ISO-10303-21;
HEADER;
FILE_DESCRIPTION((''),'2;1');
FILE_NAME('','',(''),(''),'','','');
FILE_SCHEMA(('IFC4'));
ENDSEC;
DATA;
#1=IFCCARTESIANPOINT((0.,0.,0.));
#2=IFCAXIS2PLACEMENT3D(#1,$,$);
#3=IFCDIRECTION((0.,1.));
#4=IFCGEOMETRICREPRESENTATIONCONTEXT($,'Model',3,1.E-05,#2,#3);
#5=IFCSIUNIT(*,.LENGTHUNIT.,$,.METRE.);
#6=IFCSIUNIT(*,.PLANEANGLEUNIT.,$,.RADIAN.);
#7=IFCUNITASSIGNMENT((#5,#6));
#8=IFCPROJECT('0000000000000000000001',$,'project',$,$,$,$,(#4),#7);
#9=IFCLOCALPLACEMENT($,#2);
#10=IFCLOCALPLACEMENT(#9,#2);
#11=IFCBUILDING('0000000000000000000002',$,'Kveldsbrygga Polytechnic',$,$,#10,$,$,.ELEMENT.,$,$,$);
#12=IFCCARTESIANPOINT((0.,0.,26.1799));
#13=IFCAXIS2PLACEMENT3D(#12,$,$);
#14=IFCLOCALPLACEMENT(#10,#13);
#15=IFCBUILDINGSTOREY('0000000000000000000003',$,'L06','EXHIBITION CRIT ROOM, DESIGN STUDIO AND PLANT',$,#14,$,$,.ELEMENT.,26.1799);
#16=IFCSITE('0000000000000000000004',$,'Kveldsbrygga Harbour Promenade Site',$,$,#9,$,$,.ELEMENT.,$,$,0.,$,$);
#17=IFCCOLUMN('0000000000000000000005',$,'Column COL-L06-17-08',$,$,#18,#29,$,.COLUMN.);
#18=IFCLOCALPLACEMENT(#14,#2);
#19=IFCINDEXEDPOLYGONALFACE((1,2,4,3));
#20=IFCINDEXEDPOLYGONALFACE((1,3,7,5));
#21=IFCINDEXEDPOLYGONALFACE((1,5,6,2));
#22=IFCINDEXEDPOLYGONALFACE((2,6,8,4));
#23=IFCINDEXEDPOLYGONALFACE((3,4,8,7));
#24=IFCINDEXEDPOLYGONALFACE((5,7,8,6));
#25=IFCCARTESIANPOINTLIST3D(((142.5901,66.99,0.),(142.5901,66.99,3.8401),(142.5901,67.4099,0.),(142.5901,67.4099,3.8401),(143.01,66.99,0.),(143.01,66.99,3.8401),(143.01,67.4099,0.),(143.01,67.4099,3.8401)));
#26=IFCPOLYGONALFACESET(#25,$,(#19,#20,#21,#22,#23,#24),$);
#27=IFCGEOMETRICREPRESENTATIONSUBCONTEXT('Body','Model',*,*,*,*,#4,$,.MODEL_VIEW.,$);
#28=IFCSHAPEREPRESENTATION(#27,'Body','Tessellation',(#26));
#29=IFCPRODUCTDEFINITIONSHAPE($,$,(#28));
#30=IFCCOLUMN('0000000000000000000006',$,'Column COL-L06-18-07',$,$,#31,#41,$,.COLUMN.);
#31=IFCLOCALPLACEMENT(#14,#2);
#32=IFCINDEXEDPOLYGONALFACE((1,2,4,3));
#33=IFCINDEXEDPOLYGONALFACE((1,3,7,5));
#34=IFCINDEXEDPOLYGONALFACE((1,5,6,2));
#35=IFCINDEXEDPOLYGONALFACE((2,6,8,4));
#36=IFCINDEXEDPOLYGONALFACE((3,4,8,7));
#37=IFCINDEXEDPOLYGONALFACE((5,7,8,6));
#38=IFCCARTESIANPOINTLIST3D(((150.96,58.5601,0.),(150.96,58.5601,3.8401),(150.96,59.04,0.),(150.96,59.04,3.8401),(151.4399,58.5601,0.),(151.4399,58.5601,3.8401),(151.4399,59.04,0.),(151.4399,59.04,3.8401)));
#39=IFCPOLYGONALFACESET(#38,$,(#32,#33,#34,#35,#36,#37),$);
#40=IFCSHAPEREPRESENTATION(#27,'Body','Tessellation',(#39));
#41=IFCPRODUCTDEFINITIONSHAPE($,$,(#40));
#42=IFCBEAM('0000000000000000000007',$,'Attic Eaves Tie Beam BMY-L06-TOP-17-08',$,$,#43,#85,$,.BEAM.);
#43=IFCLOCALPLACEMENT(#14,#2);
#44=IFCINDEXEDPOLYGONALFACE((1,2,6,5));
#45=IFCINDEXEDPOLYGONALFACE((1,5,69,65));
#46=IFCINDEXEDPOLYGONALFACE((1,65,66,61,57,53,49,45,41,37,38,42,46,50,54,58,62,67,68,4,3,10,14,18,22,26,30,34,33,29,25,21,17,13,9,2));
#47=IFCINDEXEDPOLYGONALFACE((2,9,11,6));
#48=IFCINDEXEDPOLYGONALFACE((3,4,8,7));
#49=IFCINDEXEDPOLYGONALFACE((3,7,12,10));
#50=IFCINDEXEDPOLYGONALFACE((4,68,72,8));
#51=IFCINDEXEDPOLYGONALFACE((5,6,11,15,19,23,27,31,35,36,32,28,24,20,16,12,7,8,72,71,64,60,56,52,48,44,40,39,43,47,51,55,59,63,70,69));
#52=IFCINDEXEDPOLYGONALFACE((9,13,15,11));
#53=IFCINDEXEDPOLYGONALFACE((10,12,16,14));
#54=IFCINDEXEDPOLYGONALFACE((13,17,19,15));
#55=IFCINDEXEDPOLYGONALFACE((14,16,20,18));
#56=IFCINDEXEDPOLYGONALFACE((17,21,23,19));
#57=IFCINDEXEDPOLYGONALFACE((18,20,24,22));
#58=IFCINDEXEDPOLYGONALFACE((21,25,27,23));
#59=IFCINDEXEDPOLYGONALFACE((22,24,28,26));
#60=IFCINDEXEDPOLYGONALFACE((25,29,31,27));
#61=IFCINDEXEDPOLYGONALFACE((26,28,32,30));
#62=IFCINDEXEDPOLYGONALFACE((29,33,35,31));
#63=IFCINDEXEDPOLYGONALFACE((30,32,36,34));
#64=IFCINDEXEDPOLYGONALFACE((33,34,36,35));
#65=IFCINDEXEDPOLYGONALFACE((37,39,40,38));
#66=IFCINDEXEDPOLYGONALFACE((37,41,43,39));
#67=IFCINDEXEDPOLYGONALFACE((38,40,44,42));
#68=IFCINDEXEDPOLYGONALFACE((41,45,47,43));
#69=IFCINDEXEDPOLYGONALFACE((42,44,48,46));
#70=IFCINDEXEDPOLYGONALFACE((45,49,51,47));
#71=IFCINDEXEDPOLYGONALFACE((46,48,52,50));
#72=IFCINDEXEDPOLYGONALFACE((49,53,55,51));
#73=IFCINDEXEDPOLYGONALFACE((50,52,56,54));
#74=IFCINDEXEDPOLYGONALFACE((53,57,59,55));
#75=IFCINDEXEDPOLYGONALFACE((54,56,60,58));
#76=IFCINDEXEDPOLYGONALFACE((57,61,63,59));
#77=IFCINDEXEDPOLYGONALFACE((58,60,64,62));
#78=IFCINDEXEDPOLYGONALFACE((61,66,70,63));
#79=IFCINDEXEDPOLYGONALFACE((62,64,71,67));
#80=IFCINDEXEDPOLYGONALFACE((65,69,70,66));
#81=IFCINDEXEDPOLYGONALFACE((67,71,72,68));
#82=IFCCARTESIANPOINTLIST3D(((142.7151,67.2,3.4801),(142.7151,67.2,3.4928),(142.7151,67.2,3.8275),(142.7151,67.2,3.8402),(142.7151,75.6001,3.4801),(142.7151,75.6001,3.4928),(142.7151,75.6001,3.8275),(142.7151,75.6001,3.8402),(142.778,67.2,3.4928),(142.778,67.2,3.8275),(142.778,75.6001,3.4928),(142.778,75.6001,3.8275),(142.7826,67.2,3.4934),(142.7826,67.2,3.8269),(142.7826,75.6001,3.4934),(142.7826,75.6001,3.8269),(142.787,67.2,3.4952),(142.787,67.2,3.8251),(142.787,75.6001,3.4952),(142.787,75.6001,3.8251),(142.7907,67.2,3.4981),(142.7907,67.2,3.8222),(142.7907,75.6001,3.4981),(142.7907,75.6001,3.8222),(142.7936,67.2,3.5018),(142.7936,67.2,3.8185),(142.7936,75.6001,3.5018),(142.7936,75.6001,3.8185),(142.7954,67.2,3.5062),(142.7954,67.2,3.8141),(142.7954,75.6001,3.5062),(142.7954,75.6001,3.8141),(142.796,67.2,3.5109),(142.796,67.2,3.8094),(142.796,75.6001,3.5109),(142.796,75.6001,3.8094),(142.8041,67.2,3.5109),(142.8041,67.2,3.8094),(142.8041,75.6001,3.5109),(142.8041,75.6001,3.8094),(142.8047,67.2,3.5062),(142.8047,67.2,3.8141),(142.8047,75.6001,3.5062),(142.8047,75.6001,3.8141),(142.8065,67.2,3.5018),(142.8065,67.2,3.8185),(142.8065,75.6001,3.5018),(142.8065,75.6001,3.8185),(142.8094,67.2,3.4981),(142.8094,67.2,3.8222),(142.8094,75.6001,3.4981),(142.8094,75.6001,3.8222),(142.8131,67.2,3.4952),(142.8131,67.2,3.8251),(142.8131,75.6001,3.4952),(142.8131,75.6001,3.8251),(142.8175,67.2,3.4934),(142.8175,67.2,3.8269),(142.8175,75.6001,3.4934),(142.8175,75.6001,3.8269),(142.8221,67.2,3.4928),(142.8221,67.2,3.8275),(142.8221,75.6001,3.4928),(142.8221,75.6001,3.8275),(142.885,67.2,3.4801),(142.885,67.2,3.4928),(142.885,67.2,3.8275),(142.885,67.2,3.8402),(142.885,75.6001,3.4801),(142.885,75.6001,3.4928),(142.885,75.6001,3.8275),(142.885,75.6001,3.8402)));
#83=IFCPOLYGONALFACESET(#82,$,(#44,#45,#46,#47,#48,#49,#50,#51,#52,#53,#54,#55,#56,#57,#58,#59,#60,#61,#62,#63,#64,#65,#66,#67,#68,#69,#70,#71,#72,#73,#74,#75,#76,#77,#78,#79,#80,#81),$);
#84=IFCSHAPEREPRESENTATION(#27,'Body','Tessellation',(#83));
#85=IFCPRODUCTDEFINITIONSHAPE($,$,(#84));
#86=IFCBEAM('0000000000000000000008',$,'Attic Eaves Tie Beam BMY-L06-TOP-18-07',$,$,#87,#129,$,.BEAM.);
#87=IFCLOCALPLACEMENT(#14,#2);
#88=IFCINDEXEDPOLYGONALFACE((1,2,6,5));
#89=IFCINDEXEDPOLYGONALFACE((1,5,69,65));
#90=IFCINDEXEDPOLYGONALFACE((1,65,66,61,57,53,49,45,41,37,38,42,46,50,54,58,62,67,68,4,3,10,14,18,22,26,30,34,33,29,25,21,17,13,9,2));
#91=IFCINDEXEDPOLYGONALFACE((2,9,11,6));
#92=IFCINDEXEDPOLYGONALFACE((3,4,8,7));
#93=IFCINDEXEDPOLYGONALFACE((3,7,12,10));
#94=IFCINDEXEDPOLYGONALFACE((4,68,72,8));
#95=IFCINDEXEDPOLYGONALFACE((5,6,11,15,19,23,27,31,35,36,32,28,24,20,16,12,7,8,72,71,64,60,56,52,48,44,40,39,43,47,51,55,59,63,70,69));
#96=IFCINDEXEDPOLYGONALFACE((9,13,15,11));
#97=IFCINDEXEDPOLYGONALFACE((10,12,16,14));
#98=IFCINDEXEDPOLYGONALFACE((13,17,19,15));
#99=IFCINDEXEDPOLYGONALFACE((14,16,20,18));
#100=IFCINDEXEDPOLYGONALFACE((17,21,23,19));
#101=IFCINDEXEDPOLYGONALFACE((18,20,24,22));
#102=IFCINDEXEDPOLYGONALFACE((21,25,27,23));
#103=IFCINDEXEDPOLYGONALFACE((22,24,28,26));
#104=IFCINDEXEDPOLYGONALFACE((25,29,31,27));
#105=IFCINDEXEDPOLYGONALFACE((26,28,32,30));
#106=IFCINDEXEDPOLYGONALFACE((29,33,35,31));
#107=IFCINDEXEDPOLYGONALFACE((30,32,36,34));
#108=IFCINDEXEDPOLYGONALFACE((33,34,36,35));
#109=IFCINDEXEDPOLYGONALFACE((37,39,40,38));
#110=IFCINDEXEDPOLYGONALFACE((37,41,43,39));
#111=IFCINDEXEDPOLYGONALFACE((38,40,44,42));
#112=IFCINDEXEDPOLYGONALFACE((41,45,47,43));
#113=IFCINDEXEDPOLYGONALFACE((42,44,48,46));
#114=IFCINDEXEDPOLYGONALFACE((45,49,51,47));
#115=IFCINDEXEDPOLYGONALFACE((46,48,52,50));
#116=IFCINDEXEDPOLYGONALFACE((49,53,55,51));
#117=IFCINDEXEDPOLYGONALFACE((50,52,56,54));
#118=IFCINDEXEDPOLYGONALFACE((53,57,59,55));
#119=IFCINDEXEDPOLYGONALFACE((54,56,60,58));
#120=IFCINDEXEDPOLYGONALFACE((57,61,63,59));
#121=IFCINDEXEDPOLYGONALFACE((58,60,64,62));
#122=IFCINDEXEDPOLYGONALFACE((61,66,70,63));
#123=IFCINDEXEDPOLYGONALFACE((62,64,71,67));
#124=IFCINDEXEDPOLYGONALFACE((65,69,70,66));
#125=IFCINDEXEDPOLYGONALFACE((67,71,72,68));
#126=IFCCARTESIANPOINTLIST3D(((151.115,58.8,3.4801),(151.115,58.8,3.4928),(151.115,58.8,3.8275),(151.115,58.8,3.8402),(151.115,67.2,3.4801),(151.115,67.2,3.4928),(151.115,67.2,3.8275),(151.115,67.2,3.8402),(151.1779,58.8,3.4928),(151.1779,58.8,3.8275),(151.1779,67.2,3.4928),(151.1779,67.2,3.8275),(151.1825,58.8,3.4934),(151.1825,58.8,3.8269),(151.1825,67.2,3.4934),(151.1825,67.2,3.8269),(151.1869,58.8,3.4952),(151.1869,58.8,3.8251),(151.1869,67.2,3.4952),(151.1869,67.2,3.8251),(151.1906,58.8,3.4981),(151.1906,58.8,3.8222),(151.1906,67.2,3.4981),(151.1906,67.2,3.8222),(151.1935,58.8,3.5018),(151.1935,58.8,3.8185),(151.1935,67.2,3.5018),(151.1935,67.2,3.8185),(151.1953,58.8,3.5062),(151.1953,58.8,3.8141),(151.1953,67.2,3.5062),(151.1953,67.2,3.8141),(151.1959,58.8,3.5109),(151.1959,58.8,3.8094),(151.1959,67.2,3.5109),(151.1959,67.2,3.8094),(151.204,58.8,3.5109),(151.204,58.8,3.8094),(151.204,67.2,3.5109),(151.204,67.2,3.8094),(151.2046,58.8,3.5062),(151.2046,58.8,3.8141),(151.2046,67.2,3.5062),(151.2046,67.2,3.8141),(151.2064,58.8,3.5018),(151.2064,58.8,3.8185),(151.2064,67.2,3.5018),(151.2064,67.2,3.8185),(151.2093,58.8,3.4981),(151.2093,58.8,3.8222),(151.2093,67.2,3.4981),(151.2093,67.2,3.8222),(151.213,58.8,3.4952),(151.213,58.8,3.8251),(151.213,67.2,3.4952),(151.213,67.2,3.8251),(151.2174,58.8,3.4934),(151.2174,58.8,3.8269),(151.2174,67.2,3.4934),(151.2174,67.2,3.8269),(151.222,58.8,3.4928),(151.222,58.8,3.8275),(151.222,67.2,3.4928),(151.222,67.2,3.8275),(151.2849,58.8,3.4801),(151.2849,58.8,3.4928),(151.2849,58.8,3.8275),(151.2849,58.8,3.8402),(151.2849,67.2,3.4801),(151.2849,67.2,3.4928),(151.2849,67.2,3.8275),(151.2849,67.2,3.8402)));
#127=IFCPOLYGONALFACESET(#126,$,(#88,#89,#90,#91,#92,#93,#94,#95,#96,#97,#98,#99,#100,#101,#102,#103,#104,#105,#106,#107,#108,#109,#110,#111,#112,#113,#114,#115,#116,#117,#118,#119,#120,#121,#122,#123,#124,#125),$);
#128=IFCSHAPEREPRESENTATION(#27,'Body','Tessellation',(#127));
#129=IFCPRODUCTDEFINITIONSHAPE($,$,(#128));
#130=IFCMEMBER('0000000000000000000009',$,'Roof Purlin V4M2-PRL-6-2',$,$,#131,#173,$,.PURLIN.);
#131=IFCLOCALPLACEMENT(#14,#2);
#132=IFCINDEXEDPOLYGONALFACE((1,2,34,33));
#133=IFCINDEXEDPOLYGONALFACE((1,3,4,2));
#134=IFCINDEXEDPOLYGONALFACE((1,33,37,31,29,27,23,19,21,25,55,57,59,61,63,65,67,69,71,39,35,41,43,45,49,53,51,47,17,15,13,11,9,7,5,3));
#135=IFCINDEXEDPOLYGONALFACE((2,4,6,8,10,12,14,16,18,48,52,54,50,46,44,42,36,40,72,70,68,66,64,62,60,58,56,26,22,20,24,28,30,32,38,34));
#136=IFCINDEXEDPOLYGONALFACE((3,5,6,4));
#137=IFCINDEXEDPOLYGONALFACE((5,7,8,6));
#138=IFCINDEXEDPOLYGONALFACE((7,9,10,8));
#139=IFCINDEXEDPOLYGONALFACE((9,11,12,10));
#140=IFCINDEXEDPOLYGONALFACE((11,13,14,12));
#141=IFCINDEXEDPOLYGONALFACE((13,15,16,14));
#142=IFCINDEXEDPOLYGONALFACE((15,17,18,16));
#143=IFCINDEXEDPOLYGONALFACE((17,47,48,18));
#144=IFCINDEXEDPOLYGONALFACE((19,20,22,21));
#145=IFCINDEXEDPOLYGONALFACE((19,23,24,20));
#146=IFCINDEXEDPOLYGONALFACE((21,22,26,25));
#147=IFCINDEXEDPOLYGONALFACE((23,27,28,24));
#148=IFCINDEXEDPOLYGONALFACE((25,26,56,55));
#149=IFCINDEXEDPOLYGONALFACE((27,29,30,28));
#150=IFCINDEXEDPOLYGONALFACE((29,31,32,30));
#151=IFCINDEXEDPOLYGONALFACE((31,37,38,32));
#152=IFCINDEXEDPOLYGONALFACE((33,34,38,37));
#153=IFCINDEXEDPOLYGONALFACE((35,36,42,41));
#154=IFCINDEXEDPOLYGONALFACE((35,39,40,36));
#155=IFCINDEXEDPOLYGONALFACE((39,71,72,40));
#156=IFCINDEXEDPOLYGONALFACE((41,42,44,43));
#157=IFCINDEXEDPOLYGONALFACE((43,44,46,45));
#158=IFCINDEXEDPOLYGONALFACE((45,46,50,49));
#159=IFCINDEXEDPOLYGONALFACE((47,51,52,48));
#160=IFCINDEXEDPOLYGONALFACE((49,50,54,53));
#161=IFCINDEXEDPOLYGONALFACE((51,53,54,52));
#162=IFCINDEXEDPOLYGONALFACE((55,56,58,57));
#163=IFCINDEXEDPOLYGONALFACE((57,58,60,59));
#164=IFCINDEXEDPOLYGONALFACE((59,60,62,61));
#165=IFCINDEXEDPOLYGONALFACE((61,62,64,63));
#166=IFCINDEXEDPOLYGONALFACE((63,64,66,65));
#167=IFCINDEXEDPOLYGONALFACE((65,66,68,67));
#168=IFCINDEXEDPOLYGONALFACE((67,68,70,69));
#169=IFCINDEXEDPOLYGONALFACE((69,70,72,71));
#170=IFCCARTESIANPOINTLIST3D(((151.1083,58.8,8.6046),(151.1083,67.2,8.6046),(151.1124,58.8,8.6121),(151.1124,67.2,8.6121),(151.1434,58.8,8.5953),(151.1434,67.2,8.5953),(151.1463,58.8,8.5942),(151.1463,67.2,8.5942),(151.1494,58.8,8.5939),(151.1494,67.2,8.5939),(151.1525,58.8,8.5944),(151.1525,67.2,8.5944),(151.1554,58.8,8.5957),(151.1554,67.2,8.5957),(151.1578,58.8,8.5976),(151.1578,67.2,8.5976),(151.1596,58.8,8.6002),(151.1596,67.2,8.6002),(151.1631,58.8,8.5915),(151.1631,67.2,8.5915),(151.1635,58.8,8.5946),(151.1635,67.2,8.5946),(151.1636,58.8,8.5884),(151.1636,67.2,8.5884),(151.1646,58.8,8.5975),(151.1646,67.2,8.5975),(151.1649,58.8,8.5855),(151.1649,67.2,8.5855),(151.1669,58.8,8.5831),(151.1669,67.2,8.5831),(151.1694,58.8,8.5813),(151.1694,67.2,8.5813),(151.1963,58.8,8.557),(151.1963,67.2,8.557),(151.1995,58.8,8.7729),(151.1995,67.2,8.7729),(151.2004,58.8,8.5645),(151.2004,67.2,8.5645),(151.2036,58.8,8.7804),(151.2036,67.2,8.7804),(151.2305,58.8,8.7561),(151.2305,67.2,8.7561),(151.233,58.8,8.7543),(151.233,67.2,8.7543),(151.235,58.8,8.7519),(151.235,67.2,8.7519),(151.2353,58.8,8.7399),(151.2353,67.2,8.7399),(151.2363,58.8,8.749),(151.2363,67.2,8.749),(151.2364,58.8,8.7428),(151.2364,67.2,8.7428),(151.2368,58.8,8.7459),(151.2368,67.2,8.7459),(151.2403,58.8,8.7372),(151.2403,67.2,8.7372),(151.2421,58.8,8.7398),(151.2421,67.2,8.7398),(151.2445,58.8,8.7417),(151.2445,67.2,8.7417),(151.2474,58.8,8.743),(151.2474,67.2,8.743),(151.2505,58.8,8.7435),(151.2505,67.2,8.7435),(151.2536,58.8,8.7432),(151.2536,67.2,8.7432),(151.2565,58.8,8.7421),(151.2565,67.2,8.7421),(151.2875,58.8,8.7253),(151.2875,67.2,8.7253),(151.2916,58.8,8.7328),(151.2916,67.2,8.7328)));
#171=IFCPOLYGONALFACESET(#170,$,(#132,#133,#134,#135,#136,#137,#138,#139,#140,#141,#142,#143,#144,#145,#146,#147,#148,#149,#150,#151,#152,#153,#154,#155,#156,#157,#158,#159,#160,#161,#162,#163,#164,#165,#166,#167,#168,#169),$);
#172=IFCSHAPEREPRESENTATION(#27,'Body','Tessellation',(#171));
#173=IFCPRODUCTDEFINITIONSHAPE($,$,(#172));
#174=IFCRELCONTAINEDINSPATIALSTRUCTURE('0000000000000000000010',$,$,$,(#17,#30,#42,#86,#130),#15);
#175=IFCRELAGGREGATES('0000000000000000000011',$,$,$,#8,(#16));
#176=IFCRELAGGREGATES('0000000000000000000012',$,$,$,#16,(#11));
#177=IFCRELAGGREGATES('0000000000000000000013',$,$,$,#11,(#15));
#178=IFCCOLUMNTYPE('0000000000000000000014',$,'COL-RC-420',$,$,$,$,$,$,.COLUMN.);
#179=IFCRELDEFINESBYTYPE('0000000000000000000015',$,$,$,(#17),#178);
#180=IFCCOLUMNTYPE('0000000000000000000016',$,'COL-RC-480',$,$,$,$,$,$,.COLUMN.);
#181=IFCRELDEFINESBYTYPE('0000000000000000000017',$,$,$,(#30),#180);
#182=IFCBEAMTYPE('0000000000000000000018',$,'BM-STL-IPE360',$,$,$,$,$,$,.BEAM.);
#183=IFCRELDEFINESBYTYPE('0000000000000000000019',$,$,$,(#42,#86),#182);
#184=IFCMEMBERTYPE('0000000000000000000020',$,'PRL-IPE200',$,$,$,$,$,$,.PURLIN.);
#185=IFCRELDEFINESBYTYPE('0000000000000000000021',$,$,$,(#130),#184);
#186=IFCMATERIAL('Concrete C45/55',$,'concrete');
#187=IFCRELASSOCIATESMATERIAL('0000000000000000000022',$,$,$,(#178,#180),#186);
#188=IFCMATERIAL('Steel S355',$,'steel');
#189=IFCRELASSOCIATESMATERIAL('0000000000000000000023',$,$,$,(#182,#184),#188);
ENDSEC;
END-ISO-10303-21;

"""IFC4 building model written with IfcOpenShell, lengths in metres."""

from ifc_helpers import new_model, si_unit, direction, frame, origin, origin_2d, place, context, subcontext, project, spatial, rectangle, i_section, extrude, material, material_profile, profile_set, type_object, element, save


model = new_model("IFC4")

# Units and contexts
model_context = context("Model", 3, precision=1e-05, world=origin(), true_north=direction((0.0, 1.0)))
body_context = subcontext(model_context, "Body", "Model", "MODEL_VIEW")
ifc_project = project(units=[si_unit("LENGTHUNIT", "METRE"), si_unit("PLANEANGLEUNIT", "RADIAN")], contexts=[model_context])

# Site, building, storey
site_placement = place(None, origin())
site = spatial("IfcSite", under=ifc_project, at=site_placement, Name="Kveldsbrygga Harbour Promenade Site", CompositionType="ELEMENT", RefElevation=0.0)
building_placement = place(site_placement, origin())
building = spatial("IfcBuilding", under=site, at=building_placement, Name="Kveldsbrygga Polytechnic", CompositionType="ELEMENT")
storey_placement = place(building_placement, frame((0.0, 0.0, 26.1799)))
storey = spatial("IfcBuildingStorey", under=building, at=storey_placement, Name="L06", Description="EXHIBITION CRIT ROOM, DESIGN STUDIO AND PLANT", CompositionType="ELEMENT", Elevation=26.1799)

# Columns
ifc_material_1 = material(Name="Concrete C45/55", Category="concrete")
ifc_material_profile_1 = material_profile(ifc_material_1, rectangle(XDim=0.4199, YDim=0.4199, at=origin_2d()), Name="RC 420x420")
ifc_profile_set_1 = profile_set([ifc_material_profile_1], Name="Concrete C45/55")
column_type_1 = type_object("IfcColumnType", Name="COL-RC-420", PredefinedType="COLUMN", material=ifc_profile_set_1)
column_1_placement = place(storey_placement, frame((142.8, 67.2, 0.0), z_axis=(0.0, 0.0, 1.0), x_axis=(1.0, 0.0, 0.0)))
element("IfcColumn", 1, at=column_1_placement, inside=storey, type_object=column_type_1, Name="Column COL-L06-17-08", PredefinedType="COLUMN", context=body_context, shape_type="SweptSolid", body=[
    extrude(rectangle(XDim=0.4199, YDim=0.4199, at=origin_2d()), origin(), (0.0, 0.0, 1.0), 3.8401),
])
ifc_material_profile_2 = material_profile(ifc_material_1, rectangle(XDim=0.48, YDim=0.48, at=origin_2d()), Name="RC 480x480")
ifc_profile_set_2 = profile_set([ifc_material_profile_2], Name="Concrete C45/55")
column_type_2 = type_object("IfcColumnType", Name="COL-RC-480", PredefinedType="COLUMN", material=ifc_profile_set_2)
column_2_placement = place(storey_placement, frame((151.2, 58.8, 0.0), z_axis=(0.0, 0.0, 1.0), x_axis=(1.0, 0.0, 0.0)))
element("IfcColumn", 2, at=column_2_placement, inside=storey, type_object=column_type_2, Name="Column COL-L06-18-07", PredefinedType="COLUMN", context=body_context, shape_type="SweptSolid", body=[
    extrude(rectangle(XDim=0.48, YDim=0.48, at=origin_2d()), origin(), (0.0, 0.0, 1.0), 3.8401),
])

# Beams
ifc_material_2 = material(Name="Steel S355", Category="steel")
ifc_material_profile_3 = material_profile(ifc_material_2, i_section(OverallWidth=0.1699, OverallDepth=0.3601, WebThickness=0.0081, FlangeThickness=0.0127, FilletRadius=0.0181, at=origin_2d()), Name="IPE 360")
ifc_profile_set_3 = profile_set([ifc_material_profile_3], Name="Steel S355")
beam_type = type_object("IfcBeamType", Name="BM-STL-IPE360", PredefinedType="BEAM", material=ifc_profile_set_3)
beam_1_placement = place(storey_placement, frame((142.8, 67.2, 3.6602), z_axis=(0.0, 1.0, 0.0), x_axis=(-1.0, 0.0, 0.0)))
element("IfcBeam", 3, at=beam_1_placement, inside=storey, type_object=beam_type, Name="Attic Eaves Tie Beam BMY-L06-TOP-17-08", PredefinedType="BEAM", context=body_context, shape_type="SweptSolid", body=[
    extrude(i_section(OverallWidth=0.1699, OverallDepth=0.3601, WebThickness=0.0081, FlangeThickness=0.0127, FilletRadius=0.0181, at=origin_2d()), origin(), (0.0, 0.0, 1.0), 8.4001),
])
beam_2_placement = place(storey_placement, frame((151.2, 58.8, 3.6602), z_axis=(0.0, 1.0, 0.0), x_axis=(-1.0, 0.0, 0.0)))
element("IfcBeam", 4, at=beam_2_placement, inside=storey, type_object=beam_type, Name="Attic Eaves Tie Beam BMY-L06-TOP-18-07", PredefinedType="BEAM", context=body_context, shape_type="SweptSolid", body=[
    extrude(i_section(OverallWidth=0.1699, OverallDepth=0.3601, WebThickness=0.0081, FlangeThickness=0.0127, FilletRadius=0.0181, at=origin_2d()), origin(), (0.0, 0.0, 1.0), 8.3999),
])

# Member
ifc_material_profile_4 = material_profile(ifc_material_2, i_section(OverallWidth=0.1001, OverallDepth=0.2, WebThickness=0.0056, FlangeThickness=0.0085, FilletRadius=0.012, at=origin_2d()), Name="IPE 200")
ifc_profile_set_4 = profile_set([ifc_material_profile_4], Name="Steel S355")
member_type_1 = type_object("IfcMemberType", Name="PRL-IPE200", PredefinedType="PURLIN", material=ifc_profile_set_4)
member_1_placement = place(storey_placement, frame((151.2, 58.8, 8.6687), z_axis=(0.0, 1.0, 0.0), x_axis=(-0.879292, 0.0, 0.476283)))
element("IfcMember", 5, at=member_1_placement, inside=storey, type_object=member_type_1, Name="Roof Purlin V4M2-PRL-6-2", PredefinedType="PURLIN", context=body_context, shape_type="SweptSolid", body=[
    extrude(i_section(OverallWidth=0.1001, OverallDepth=0.2, WebThickness=0.0056, FlangeThickness=0.0085, FilletRadius=0.012, at=origin_2d()), origin(), (0.0, 0.0, 1.0), 8.3999),
])

save(model, "model.ifc")
